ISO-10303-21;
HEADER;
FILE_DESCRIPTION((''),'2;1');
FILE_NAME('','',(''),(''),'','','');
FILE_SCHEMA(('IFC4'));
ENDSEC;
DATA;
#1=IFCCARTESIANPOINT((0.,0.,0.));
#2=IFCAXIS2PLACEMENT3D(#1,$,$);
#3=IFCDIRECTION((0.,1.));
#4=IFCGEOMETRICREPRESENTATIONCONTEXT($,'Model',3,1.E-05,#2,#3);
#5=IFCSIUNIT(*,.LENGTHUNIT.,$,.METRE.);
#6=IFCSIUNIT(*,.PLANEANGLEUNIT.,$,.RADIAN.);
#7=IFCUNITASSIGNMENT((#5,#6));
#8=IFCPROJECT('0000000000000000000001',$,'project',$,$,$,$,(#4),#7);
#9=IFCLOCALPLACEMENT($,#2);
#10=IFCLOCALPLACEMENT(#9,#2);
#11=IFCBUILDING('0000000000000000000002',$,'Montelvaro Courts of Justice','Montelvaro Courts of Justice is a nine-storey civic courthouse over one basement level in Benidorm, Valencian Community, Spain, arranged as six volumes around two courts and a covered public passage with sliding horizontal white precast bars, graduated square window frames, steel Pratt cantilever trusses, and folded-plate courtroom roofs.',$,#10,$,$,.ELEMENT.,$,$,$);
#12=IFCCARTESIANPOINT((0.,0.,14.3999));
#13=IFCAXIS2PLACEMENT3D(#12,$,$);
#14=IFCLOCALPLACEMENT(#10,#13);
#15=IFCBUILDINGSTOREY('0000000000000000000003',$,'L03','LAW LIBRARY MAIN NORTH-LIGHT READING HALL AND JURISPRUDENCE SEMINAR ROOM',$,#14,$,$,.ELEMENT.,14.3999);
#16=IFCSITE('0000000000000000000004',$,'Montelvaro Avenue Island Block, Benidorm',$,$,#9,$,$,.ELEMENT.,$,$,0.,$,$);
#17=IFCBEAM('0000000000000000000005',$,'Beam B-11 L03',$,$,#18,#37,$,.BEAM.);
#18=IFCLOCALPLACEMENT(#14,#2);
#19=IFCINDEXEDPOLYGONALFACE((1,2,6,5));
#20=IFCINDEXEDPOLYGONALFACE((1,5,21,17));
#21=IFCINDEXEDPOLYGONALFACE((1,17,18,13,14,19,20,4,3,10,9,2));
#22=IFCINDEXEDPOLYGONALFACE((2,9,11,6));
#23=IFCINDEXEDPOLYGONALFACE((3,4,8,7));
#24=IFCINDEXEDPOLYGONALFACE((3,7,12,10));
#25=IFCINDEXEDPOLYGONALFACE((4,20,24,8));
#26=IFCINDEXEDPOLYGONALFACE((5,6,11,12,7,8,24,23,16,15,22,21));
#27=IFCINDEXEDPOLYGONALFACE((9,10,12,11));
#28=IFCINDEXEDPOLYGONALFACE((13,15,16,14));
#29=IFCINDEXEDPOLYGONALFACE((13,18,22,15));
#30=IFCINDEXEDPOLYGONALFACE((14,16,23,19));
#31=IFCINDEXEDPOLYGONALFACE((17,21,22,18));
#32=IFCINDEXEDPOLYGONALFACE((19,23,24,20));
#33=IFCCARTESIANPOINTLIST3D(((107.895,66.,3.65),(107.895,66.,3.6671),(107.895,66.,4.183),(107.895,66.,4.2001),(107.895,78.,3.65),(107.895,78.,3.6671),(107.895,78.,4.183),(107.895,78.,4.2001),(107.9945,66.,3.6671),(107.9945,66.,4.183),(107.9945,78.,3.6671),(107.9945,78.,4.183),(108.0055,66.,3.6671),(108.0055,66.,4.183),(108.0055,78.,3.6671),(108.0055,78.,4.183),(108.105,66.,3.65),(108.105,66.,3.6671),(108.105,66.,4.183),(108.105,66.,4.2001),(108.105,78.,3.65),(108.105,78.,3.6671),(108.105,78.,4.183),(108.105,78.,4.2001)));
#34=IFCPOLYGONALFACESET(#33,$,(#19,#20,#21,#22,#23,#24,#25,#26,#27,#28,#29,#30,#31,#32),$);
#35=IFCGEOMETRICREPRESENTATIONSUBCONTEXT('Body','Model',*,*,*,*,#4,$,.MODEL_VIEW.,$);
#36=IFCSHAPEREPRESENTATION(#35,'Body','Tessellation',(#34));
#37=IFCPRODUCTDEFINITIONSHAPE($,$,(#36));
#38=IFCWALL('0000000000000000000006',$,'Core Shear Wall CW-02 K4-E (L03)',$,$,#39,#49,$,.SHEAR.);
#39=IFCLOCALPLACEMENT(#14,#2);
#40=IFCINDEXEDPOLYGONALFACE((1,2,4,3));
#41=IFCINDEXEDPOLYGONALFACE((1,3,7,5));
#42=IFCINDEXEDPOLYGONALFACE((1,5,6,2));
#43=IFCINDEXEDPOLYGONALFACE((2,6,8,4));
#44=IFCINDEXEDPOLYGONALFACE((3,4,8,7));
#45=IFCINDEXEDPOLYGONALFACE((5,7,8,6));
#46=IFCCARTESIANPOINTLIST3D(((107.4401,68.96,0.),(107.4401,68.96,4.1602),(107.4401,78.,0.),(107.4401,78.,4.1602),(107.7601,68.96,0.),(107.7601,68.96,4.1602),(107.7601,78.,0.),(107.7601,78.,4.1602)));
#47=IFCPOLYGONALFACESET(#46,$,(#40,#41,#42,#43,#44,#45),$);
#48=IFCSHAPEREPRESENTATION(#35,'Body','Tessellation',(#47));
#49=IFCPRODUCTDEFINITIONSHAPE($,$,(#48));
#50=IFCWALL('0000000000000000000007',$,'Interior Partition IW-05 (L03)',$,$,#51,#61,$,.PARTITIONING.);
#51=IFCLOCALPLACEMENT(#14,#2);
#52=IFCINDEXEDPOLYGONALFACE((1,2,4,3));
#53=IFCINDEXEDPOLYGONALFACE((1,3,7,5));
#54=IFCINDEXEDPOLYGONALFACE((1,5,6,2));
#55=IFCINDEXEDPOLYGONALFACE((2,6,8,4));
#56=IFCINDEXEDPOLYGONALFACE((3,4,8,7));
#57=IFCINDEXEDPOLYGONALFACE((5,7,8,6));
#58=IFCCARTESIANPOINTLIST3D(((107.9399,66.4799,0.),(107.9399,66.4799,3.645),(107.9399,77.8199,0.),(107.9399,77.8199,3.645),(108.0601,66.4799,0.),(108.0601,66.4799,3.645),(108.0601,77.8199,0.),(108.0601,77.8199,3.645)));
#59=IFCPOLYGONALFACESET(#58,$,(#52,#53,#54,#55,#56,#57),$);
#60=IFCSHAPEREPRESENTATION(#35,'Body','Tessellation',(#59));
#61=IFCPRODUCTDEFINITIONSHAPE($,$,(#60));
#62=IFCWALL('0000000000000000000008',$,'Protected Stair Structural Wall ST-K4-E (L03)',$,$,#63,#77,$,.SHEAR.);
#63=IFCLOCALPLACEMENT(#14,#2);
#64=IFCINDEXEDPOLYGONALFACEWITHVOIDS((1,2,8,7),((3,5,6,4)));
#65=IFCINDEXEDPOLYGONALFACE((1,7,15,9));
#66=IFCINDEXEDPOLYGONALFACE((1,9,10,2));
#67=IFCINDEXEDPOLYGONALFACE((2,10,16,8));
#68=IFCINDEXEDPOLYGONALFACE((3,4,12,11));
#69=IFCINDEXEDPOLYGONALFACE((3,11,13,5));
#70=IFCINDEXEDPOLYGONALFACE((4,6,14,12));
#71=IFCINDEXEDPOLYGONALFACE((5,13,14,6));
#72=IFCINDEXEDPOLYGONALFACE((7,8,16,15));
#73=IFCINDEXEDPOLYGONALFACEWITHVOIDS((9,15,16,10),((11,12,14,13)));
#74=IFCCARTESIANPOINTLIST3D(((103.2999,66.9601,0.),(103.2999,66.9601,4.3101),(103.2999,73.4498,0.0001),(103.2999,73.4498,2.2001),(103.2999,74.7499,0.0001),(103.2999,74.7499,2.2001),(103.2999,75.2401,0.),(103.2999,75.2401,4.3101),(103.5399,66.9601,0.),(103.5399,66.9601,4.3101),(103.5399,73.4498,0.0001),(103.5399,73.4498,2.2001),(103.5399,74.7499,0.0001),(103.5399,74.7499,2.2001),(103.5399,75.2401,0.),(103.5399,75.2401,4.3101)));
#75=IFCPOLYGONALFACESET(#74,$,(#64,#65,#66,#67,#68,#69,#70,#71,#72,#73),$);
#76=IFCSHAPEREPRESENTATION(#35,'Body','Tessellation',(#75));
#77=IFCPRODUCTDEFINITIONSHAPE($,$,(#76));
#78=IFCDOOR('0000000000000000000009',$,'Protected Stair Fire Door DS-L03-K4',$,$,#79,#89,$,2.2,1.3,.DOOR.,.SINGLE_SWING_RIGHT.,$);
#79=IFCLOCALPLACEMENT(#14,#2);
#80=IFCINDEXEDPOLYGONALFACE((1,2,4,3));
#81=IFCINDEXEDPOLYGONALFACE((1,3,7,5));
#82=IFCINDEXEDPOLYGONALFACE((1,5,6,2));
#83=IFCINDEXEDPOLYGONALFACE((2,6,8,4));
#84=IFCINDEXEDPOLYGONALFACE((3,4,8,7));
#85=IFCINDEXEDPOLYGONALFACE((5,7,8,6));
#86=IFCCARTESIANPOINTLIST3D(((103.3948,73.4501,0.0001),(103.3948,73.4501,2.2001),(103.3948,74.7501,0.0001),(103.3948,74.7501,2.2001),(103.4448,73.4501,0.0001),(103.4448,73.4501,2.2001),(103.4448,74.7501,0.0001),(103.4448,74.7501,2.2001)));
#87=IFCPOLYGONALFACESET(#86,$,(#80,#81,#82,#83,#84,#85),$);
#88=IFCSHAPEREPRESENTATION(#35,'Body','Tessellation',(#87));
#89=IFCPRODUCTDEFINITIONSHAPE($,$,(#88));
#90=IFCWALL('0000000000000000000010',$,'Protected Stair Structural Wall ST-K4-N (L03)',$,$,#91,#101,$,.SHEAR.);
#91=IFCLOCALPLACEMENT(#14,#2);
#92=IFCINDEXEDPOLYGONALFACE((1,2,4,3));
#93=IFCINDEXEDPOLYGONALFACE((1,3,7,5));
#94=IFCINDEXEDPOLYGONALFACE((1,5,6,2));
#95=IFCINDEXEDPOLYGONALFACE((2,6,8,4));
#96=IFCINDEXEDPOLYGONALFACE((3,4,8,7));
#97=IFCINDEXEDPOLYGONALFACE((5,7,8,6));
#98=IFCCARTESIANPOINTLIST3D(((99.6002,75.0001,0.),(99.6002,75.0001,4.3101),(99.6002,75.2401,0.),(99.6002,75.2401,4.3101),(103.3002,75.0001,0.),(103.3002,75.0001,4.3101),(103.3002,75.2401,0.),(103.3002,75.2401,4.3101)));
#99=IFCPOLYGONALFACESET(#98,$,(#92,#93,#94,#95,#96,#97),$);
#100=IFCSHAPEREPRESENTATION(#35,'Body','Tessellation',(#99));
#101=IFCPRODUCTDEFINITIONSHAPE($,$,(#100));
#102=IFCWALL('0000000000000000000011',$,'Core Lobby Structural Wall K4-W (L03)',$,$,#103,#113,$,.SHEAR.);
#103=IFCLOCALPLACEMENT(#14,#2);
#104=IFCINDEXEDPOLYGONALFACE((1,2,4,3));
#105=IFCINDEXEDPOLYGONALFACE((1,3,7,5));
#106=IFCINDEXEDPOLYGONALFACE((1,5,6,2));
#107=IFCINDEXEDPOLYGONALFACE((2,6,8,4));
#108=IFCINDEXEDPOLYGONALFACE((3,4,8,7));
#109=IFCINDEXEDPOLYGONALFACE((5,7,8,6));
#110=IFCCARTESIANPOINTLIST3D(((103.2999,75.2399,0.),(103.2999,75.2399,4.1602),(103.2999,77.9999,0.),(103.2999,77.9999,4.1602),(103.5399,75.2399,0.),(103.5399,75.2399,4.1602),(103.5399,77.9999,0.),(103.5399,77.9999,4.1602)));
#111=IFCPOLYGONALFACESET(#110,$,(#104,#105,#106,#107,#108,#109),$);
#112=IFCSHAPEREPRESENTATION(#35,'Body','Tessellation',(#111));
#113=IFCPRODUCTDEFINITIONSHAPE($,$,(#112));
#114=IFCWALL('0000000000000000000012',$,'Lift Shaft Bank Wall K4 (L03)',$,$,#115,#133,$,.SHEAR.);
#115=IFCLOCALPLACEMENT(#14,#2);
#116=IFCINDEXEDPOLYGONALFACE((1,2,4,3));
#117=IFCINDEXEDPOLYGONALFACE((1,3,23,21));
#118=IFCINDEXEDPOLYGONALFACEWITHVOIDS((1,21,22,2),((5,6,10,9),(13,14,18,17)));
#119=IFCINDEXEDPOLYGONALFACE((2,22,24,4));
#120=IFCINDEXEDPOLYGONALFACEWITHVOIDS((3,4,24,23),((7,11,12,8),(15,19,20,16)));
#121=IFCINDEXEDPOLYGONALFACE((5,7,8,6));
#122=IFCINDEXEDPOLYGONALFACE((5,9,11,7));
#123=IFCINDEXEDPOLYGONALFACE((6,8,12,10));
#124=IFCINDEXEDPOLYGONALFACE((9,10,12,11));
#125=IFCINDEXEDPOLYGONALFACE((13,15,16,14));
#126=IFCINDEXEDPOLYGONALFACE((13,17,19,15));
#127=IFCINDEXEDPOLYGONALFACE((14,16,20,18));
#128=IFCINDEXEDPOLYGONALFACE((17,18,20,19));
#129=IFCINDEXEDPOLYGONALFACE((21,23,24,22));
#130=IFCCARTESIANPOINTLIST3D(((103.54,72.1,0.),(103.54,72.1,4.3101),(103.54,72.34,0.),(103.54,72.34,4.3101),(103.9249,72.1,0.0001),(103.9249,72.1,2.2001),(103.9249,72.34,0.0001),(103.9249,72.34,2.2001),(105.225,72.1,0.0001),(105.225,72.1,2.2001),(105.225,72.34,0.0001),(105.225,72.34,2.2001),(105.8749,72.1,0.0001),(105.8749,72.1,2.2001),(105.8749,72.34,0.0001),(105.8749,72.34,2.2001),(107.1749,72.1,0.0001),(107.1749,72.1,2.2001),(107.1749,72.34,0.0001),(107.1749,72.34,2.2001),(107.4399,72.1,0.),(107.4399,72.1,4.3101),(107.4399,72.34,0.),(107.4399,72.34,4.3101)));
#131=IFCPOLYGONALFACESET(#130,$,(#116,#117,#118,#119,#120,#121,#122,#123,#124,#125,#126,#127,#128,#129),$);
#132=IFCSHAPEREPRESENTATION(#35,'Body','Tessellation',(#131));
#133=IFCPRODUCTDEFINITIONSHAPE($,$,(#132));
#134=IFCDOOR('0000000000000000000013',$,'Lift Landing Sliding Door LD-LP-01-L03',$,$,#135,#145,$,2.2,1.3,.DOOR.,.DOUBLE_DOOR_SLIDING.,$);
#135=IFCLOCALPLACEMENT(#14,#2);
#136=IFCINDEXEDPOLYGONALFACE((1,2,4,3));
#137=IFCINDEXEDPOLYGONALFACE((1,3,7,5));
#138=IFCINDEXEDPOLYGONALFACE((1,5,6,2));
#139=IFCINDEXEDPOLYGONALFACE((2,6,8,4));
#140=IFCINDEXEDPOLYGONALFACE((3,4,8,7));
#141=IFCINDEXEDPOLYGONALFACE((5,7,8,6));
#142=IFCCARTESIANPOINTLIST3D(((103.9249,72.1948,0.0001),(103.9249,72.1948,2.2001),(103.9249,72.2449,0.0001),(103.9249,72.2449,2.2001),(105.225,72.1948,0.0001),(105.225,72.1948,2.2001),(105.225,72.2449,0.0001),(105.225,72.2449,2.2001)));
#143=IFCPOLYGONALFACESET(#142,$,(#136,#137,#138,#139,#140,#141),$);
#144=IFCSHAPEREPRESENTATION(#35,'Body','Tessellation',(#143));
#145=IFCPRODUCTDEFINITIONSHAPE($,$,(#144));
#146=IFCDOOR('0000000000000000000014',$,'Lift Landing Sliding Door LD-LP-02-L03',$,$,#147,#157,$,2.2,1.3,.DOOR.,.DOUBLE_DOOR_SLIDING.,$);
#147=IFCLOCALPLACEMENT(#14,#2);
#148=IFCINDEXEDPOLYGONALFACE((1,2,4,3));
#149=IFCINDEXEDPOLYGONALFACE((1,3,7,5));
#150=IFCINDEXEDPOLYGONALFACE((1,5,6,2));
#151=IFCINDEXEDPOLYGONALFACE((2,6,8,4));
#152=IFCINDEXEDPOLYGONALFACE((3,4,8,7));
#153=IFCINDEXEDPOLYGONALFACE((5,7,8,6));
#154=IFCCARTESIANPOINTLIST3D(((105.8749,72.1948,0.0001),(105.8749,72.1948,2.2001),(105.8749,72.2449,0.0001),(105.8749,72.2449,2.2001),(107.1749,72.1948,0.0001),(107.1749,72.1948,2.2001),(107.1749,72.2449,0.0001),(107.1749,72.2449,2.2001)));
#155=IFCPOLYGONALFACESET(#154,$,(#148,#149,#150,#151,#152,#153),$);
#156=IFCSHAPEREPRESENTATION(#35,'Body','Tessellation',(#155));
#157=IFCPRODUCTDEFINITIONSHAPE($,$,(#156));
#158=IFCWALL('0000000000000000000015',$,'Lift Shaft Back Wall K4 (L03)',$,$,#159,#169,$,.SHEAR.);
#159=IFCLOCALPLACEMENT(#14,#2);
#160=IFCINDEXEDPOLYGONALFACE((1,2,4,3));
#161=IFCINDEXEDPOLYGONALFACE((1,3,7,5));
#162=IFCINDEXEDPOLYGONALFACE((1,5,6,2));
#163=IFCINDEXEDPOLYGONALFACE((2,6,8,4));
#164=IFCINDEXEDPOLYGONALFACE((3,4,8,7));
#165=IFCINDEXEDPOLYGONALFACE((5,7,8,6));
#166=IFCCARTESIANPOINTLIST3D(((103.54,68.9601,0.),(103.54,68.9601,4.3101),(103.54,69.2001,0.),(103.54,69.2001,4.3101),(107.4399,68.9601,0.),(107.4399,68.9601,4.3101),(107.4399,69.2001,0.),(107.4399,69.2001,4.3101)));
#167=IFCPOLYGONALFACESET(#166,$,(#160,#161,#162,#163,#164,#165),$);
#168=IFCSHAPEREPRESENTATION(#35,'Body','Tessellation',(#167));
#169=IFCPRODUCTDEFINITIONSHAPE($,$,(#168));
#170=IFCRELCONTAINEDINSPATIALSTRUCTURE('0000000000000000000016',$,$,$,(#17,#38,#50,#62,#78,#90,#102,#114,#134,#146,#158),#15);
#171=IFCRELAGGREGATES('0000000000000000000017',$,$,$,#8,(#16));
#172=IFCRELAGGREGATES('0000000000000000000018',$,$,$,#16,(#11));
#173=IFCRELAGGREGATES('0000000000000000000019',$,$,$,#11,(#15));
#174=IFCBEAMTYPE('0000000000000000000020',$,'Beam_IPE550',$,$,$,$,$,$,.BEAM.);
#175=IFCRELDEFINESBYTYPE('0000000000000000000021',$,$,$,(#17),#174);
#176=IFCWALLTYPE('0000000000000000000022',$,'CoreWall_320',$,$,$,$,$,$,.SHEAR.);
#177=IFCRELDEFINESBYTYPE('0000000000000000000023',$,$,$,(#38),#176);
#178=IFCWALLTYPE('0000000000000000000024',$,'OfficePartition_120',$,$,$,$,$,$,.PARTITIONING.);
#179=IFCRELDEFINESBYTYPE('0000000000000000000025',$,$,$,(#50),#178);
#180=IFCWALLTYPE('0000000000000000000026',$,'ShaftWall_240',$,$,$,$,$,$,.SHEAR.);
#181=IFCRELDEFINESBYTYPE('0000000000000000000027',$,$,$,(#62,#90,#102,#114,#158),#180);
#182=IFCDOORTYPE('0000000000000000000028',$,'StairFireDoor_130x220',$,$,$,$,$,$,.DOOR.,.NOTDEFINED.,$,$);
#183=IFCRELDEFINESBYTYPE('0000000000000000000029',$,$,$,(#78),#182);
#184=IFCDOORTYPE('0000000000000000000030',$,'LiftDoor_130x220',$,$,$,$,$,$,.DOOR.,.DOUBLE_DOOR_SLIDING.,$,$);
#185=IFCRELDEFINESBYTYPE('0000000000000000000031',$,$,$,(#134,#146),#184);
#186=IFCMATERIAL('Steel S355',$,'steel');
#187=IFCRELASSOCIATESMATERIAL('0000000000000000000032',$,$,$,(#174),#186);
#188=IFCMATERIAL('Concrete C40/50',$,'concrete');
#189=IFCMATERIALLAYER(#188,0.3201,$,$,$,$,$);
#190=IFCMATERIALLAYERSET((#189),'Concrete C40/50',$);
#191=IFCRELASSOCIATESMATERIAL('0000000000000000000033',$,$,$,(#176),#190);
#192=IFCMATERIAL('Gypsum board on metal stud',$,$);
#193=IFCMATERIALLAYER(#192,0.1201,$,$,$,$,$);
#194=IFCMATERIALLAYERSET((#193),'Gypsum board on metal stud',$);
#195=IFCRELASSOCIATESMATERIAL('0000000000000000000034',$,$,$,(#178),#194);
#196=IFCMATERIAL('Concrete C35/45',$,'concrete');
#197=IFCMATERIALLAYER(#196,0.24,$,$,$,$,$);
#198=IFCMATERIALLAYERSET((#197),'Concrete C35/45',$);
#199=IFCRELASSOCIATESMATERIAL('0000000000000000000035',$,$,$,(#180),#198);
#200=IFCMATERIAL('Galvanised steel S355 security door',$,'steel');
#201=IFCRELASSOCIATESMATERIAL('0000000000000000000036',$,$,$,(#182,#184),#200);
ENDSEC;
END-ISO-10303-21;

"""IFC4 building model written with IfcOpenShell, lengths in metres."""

from ifc_helpers import new_model, si_unit, direction, frame, frame_2d, origin, origin_2d, place, context, subcontext, project, spatial, rectangle, i_section, extrude, material, layer, layer_set, material_profile, profile_set, type_object, element, fill, save


model = new_model("IFC4")

# Units and contexts
model_context = context("Model", 3, precision=1e-05, world=origin(), true_north=direction((0.0, 1.0)))
body_context = subcontext(model_context, "Body", "Model", "MODEL_VIEW")
ifc_project = project(units=[si_unit("LENGTHUNIT", "METRE"), si_unit("PLANEANGLEUNIT", "RADIAN")], contexts=[model_context])

# Site, building, storey
site_placement = place(None, origin())
site = spatial("IfcSite", under=ifc_project, at=site_placement, Name="Montelvaro Avenue Island Block, Benidorm", CompositionType="ELEMENT", RefElevation=0.0)
building_placement = place(site_placement, origin())
building = spatial("IfcBuilding", under=site, at=building_placement, Name="Montelvaro Courts of Justice", Description="Montelvaro Courts of Justice is a nine-storey civic courthouse over one basement level in Benidorm, Valencian Community, Spain, arranged as six volumes around two courts and a covered public passage with sliding horizontal white precast bars, graduated square window frames, steel Pratt cantilever trusses, and folded-plate courtroom roofs.", CompositionType="ELEMENT")
storey_placement = place(building_placement, frame((0.0, 0.0, 14.3999)))
storey = spatial("IfcBuildingStorey", under=building, at=storey_placement, Name="L03", Description="LAW LIBRARY MAIN NORTH-LIGHT READING HALL AND JURISPRUDENCE SEMINAR ROOM", CompositionType="ELEMENT", Elevation=14.3999)

# Beam
ifc_material_1 = material(Name="Steel S355", Category="steel")
ifc_material_profile = material_profile(ifc_material_1, i_section(OverallWidth=0.21, OverallDepth=0.55, WebThickness=0.011, FlangeThickness=0.0171, at=origin_2d()), Name="IPE 550")
ifc_profile_set = profile_set([ifc_material_profile], Name="Steel S355")
beam_type = type_object("IfcBeamType", Name="Beam_IPE550", PredefinedType="BEAM", material=ifc_profile_set)
beam_placement = place(storey_placement, frame((108.0, 66.0, 3.925), z_axis=(0.0, 1.0, 0.0), x_axis=(-1.0, 0.0, 0.0)))
element("IfcBeam", 1, at=beam_placement, inside=storey, type_object=beam_type, Name="Beam B-11 L03", PredefinedType="BEAM", context=body_context, shape_type="SweptSolid", body=[
    extrude(i_section(OverallWidth=0.21, OverallDepth=0.55, WebThickness=0.011, FlangeThickness=0.0171, at=origin_2d()), origin(), (0.0, 0.0, 1.0), 12.0),
])

# Walls
ifc_material_2 = material(Name="Concrete C40/50", Category="concrete")
ifc_layer_1 = layer(ifc_material_2, 0.3201)
ifc_layer_set_1 = layer_set([ifc_layer_1], Name="Concrete C40/50")
wall_type_1 = type_object("IfcWallType", Name="CoreWall_320", PredefinedType="SHEAR", material=ifc_layer_set_1)
wall_1_placement = place(storey_placement, frame((107.6001, 68.96, 0.0), z_axis=(0.0, 0.0, 1.0), x_axis=(0.0, 1.0, 0.0)))
element("IfcWall", 2, at=wall_1_placement, inside=storey, type_object=wall_type_1, Name="Core Shear Wall CW-02 K4-E (L03)", PredefinedType="SHEAR", context=body_context, shape_type="SweptSolid", body=[
    extrude(rectangle(XDim=9.04, YDim=0.3201, at=frame_2d((4.52, 0.0))), origin(), (0.0, 0.0, 1.0), 4.1602),
])
ifc_material_3 = material(Name="Gypsum board on metal stud")
ifc_layer_2 = layer(ifc_material_3, 0.1201)
ifc_layer_set_2 = layer_set([ifc_layer_2], Name="Gypsum board on metal stud")
wall_type_2 = type_object("IfcWallType", Name="OfficePartition_120", PredefinedType="PARTITIONING", material=ifc_layer_set_2)
wall_2_placement = place(storey_placement, frame((108.0, 66.48, 0.0), z_axis=(0.0, 0.0, 1.0), x_axis=(0.0, 1.0, 0.0)))
element("IfcWall", 3, at=wall_2_placement, inside=storey, type_object=wall_type_2, Name="Interior Partition IW-05 (L03)", PredefinedType="PARTITIONING", context=body_context, shape_type="SweptSolid", body=[
    extrude(rectangle(XDim=11.3401, YDim=0.1201, at=frame_2d((5.6699, 0.0))), origin(), (0.0, 0.0, 1.0), 3.645),
])

# Wall, opening, door
ifc_material_4 = material(Name="Concrete C35/45", Category="concrete")
ifc_layer_3 = layer(ifc_material_4, 0.24)
ifc_layer_set_3 = layer_set([ifc_layer_3], Name="Concrete C35/45")
wall_type_3 = type_object("IfcWallType", Name="ShaftWall_240", PredefinedType="SHEAR", material=ifc_layer_set_3)
wall_3_placement = place(storey_placement, frame((103.4199, 66.96, 0.0), z_axis=(0.0, 0.0, 1.0), x_axis=(0.0, 1.0, 0.0)))
wall_3 = element("IfcWall", 4, at=wall_3_placement, inside=storey, type_object=wall_type_3, Name="Protected Stair Structural Wall ST-K4-E (L03)", PredefinedType="SHEAR", context=body_context, shape_type="SweptSolid", body=[
    extrude(rectangle(XDim=8.28, YDim=0.24, at=frame_2d((4.1401, 0.0))), origin(), (0.0, 0.0, 1.0), 4.3101),
])
opening_1_placement = place(wall_3_placement, frame((6.49, 0.0, 0.0)))
opening_1 = element("IfcOpeningElement", 5, at=opening_1_placement, cuts=wall_3, PredefinedType="OPENING", context=body_context, shape_type="SweptSolid", body=[
    extrude(rectangle(XDim=1.3, YDim=2.2, at=frame_2d((0.6499, 1.1001))), frame((0.0, 0.1348, 0.0), z_axis=(0.0, -1.0, 0.0), x_axis=(1.0, 0.0, 0.0)), (0.0, 0.0, 1.0), 0.2698),
])
ifc_material_5 = material(Name="Galvanised steel S355 security door", Category="steel")
door_type_1 = type_object("IfcDoorType", Name="StairFireDoor_130x220", OperationType="NOTDEFINED", PredefinedType="DOOR", material=ifc_material_5)
door_1_placement = place(opening_1_placement, frame((1.3, 0.0, 0.0), z_axis=(0.0, 0.0, 1.0), x_axis=(-1.0, 0.0, 0.0)))
door_1 = element("IfcDoor", 6, at=door_1_placement, inside=storey, type_object=door_type_1, Name="Protected Stair Fire Door DS-L03-K4", OperationType="SINGLE_SWING_RIGHT", OverallHeight=2.2, OverallWidth=1.3, PredefinedType="DOOR", context=body_context, shape_type="SweptSolid", body=[
    extrude(rectangle(XDim=1.3, YDim=2.2, at=frame_2d((0.6499, 1.1001))), frame((0.0, 0.0249, 0.0), z_axis=(0.0, -1.0, 0.0), x_axis=(1.0, 0.0, 0.0)), (0.0, 0.0, 1.0), 0.05),
])
fill(opening_1, door_1)

# Walls
wall_4_placement = place(storey_placement, frame((99.6001, 75.1201, 0.0), z_axis=(0.0, 0.0, 1.0), x_axis=(1.0, 0.0, 0.0)))
element("IfcWall", 7, at=wall_4_placement, inside=storey, type_object=wall_type_3, Name="Protected Stair Structural Wall ST-K4-N (L03)", PredefinedType="SHEAR", context=body_context, shape_type="SweptSolid", body=[
    extrude(rectangle(XDim=3.7, YDim=0.24, at=frame_2d((1.8501, 0.0))), origin(), (0.0, 0.0, 1.0), 4.3101),
])
wall_5_placement = place(storey_placement, frame((103.4199, 75.24, 0.0), z_axis=(0.0, 0.0, 1.0), x_axis=(0.0, 1.0, 0.0)))
element("IfcWall", 8, at=wall_5_placement, inside=storey, type_object=wall_type_3, Name="Core Lobby Structural Wall K4-W (L03)", PredefinedType="SHEAR", context=body_context, shape_type="SweptSolid", body=[
    extrude(rectangle(XDim=2.76, YDim=0.24, at=frame_2d((1.3799, 0.0))), origin(), (0.0, 0.0, 1.0), 4.1602),
])

# Wall, openings, doors
wall_6_placement = place(storey_placement, frame((103.54, 72.22, 0.0), z_axis=(0.0, 0.0, 1.0), x_axis=(1.0, 0.0, 0.0)))
wall_6 = element("IfcWall", 9, at=wall_6_placement, inside=storey, type_object=wall_type_3, Name="Lift Shaft Bank Wall K4 (L03)", PredefinedType="SHEAR", context=body_context, shape_type="SweptSolid", body=[
    extrude(rectangle(XDim=3.8999, YDim=0.24, at=frame_2d((1.95, 0.0))), origin(), (0.0, 0.0, 1.0), 4.3101),
])
opening_2_placement = place(wall_6_placement, frame((0.385, 0.0, 0.0)))
opening_2 = element("IfcOpeningElement", 10, at=opening_2_placement, cuts=wall_6, PredefinedType="OPENING", context=body_context, shape_type="SweptSolid", body=[
    extrude(rectangle(XDim=1.3, YDim=2.2, at=frame_2d((0.6499, 1.1001))), frame((0.0, 0.1348, 0.0), z_axis=(0.0, -1.0, 0.0), x_axis=(1.0, 0.0, 0.0)), (0.0, 0.0, 1.0), 0.2698),
])
opening_3_placement = place(wall_6_placement, frame((2.335, 0.0, 0.0)))
opening_3 = element("IfcOpeningElement", 11, at=opening_3_placement, cuts=wall_6, PredefinedType="OPENING", context=body_context, shape_type="SweptSolid", body=[
    extrude(rectangle(XDim=1.3, YDim=2.2, at=frame_2d((0.6499, 1.1001))), frame((0.0, 0.1348, 0.0), z_axis=(0.0, -1.0, 0.0), x_axis=(1.0, 0.0, 0.0)), (0.0, 0.0, 1.0), 0.2698),
])
door_type_2 = type_object("IfcDoorType", Name="LiftDoor_130x220", OperationType="DOUBLE_DOOR_SLIDING", PredefinedType="DOOR", material=ifc_material_5)
door_2_placement = place(opening_2_placement, origin())
door_2 = element("IfcDoor", 12, at=door_2_placement, inside=storey, type_object=door_type_2, Name="Lift Landing Sliding Door LD-LP-01-L03", OperationType="DOUBLE_DOOR_SLIDING", OverallHeight=2.2, OverallWidth=1.3, PredefinedType="DOOR", context=body_context, shape_type="SweptSolid", body=[
    extrude(rectangle(XDim=1.3, YDim=2.2, at=frame_2d((0.6499, 1.1001))), frame((0.0, 0.0249, 0.0), z_axis=(0.0, -1.0, 0.0), x_axis=(1.0, 0.0, 0.0)), (0.0, 0.0, 1.0), 0.05),
])
fill(opening_2, door_2)
door_3_placement = place(opening_3_placement, origin())
door_3 = element("IfcDoor", 13, at=door_3_placement, inside=storey, type_object=door_type_2, Name="Lift Landing Sliding Door LD-LP-02-L03", OperationType="DOUBLE_DOOR_SLIDING", OverallHeight=2.2, OverallWidth=1.3, PredefinedType="DOOR", context=body_context, shape_type="SweptSolid", body=[
    extrude(rectangle(XDim=1.3, YDim=2.2, at=frame_2d((0.6499, 1.1001))), frame((0.0, 0.0249, 0.0), z_axis=(0.0, -1.0, 0.0), x_axis=(1.0, 0.0, 0.0)), (0.0, 0.0, 1.0), 0.05),
])
fill(opening_3, door_3)

# Wall
wall_7_placement = place(storey_placement, frame((103.54, 69.0801, 0.0), z_axis=(0.0, 0.0, 1.0), x_axis=(1.0, 0.0, 0.0)))
element("IfcWall", 14, at=wall_7_placement, inside=storey, type_object=wall_type_3, Name="Lift Shaft Back Wall K4 (L03)", PredefinedType="SHEAR", context=body_context, shape_type="SweptSolid", body=[
    extrude(rectangle(XDim=3.8999, YDim=0.24, at=frame_2d((1.95, 0.0))), origin(), (0.0, 0.0, 1.0), 4.3101),
])

save(model, "model.ifc")
